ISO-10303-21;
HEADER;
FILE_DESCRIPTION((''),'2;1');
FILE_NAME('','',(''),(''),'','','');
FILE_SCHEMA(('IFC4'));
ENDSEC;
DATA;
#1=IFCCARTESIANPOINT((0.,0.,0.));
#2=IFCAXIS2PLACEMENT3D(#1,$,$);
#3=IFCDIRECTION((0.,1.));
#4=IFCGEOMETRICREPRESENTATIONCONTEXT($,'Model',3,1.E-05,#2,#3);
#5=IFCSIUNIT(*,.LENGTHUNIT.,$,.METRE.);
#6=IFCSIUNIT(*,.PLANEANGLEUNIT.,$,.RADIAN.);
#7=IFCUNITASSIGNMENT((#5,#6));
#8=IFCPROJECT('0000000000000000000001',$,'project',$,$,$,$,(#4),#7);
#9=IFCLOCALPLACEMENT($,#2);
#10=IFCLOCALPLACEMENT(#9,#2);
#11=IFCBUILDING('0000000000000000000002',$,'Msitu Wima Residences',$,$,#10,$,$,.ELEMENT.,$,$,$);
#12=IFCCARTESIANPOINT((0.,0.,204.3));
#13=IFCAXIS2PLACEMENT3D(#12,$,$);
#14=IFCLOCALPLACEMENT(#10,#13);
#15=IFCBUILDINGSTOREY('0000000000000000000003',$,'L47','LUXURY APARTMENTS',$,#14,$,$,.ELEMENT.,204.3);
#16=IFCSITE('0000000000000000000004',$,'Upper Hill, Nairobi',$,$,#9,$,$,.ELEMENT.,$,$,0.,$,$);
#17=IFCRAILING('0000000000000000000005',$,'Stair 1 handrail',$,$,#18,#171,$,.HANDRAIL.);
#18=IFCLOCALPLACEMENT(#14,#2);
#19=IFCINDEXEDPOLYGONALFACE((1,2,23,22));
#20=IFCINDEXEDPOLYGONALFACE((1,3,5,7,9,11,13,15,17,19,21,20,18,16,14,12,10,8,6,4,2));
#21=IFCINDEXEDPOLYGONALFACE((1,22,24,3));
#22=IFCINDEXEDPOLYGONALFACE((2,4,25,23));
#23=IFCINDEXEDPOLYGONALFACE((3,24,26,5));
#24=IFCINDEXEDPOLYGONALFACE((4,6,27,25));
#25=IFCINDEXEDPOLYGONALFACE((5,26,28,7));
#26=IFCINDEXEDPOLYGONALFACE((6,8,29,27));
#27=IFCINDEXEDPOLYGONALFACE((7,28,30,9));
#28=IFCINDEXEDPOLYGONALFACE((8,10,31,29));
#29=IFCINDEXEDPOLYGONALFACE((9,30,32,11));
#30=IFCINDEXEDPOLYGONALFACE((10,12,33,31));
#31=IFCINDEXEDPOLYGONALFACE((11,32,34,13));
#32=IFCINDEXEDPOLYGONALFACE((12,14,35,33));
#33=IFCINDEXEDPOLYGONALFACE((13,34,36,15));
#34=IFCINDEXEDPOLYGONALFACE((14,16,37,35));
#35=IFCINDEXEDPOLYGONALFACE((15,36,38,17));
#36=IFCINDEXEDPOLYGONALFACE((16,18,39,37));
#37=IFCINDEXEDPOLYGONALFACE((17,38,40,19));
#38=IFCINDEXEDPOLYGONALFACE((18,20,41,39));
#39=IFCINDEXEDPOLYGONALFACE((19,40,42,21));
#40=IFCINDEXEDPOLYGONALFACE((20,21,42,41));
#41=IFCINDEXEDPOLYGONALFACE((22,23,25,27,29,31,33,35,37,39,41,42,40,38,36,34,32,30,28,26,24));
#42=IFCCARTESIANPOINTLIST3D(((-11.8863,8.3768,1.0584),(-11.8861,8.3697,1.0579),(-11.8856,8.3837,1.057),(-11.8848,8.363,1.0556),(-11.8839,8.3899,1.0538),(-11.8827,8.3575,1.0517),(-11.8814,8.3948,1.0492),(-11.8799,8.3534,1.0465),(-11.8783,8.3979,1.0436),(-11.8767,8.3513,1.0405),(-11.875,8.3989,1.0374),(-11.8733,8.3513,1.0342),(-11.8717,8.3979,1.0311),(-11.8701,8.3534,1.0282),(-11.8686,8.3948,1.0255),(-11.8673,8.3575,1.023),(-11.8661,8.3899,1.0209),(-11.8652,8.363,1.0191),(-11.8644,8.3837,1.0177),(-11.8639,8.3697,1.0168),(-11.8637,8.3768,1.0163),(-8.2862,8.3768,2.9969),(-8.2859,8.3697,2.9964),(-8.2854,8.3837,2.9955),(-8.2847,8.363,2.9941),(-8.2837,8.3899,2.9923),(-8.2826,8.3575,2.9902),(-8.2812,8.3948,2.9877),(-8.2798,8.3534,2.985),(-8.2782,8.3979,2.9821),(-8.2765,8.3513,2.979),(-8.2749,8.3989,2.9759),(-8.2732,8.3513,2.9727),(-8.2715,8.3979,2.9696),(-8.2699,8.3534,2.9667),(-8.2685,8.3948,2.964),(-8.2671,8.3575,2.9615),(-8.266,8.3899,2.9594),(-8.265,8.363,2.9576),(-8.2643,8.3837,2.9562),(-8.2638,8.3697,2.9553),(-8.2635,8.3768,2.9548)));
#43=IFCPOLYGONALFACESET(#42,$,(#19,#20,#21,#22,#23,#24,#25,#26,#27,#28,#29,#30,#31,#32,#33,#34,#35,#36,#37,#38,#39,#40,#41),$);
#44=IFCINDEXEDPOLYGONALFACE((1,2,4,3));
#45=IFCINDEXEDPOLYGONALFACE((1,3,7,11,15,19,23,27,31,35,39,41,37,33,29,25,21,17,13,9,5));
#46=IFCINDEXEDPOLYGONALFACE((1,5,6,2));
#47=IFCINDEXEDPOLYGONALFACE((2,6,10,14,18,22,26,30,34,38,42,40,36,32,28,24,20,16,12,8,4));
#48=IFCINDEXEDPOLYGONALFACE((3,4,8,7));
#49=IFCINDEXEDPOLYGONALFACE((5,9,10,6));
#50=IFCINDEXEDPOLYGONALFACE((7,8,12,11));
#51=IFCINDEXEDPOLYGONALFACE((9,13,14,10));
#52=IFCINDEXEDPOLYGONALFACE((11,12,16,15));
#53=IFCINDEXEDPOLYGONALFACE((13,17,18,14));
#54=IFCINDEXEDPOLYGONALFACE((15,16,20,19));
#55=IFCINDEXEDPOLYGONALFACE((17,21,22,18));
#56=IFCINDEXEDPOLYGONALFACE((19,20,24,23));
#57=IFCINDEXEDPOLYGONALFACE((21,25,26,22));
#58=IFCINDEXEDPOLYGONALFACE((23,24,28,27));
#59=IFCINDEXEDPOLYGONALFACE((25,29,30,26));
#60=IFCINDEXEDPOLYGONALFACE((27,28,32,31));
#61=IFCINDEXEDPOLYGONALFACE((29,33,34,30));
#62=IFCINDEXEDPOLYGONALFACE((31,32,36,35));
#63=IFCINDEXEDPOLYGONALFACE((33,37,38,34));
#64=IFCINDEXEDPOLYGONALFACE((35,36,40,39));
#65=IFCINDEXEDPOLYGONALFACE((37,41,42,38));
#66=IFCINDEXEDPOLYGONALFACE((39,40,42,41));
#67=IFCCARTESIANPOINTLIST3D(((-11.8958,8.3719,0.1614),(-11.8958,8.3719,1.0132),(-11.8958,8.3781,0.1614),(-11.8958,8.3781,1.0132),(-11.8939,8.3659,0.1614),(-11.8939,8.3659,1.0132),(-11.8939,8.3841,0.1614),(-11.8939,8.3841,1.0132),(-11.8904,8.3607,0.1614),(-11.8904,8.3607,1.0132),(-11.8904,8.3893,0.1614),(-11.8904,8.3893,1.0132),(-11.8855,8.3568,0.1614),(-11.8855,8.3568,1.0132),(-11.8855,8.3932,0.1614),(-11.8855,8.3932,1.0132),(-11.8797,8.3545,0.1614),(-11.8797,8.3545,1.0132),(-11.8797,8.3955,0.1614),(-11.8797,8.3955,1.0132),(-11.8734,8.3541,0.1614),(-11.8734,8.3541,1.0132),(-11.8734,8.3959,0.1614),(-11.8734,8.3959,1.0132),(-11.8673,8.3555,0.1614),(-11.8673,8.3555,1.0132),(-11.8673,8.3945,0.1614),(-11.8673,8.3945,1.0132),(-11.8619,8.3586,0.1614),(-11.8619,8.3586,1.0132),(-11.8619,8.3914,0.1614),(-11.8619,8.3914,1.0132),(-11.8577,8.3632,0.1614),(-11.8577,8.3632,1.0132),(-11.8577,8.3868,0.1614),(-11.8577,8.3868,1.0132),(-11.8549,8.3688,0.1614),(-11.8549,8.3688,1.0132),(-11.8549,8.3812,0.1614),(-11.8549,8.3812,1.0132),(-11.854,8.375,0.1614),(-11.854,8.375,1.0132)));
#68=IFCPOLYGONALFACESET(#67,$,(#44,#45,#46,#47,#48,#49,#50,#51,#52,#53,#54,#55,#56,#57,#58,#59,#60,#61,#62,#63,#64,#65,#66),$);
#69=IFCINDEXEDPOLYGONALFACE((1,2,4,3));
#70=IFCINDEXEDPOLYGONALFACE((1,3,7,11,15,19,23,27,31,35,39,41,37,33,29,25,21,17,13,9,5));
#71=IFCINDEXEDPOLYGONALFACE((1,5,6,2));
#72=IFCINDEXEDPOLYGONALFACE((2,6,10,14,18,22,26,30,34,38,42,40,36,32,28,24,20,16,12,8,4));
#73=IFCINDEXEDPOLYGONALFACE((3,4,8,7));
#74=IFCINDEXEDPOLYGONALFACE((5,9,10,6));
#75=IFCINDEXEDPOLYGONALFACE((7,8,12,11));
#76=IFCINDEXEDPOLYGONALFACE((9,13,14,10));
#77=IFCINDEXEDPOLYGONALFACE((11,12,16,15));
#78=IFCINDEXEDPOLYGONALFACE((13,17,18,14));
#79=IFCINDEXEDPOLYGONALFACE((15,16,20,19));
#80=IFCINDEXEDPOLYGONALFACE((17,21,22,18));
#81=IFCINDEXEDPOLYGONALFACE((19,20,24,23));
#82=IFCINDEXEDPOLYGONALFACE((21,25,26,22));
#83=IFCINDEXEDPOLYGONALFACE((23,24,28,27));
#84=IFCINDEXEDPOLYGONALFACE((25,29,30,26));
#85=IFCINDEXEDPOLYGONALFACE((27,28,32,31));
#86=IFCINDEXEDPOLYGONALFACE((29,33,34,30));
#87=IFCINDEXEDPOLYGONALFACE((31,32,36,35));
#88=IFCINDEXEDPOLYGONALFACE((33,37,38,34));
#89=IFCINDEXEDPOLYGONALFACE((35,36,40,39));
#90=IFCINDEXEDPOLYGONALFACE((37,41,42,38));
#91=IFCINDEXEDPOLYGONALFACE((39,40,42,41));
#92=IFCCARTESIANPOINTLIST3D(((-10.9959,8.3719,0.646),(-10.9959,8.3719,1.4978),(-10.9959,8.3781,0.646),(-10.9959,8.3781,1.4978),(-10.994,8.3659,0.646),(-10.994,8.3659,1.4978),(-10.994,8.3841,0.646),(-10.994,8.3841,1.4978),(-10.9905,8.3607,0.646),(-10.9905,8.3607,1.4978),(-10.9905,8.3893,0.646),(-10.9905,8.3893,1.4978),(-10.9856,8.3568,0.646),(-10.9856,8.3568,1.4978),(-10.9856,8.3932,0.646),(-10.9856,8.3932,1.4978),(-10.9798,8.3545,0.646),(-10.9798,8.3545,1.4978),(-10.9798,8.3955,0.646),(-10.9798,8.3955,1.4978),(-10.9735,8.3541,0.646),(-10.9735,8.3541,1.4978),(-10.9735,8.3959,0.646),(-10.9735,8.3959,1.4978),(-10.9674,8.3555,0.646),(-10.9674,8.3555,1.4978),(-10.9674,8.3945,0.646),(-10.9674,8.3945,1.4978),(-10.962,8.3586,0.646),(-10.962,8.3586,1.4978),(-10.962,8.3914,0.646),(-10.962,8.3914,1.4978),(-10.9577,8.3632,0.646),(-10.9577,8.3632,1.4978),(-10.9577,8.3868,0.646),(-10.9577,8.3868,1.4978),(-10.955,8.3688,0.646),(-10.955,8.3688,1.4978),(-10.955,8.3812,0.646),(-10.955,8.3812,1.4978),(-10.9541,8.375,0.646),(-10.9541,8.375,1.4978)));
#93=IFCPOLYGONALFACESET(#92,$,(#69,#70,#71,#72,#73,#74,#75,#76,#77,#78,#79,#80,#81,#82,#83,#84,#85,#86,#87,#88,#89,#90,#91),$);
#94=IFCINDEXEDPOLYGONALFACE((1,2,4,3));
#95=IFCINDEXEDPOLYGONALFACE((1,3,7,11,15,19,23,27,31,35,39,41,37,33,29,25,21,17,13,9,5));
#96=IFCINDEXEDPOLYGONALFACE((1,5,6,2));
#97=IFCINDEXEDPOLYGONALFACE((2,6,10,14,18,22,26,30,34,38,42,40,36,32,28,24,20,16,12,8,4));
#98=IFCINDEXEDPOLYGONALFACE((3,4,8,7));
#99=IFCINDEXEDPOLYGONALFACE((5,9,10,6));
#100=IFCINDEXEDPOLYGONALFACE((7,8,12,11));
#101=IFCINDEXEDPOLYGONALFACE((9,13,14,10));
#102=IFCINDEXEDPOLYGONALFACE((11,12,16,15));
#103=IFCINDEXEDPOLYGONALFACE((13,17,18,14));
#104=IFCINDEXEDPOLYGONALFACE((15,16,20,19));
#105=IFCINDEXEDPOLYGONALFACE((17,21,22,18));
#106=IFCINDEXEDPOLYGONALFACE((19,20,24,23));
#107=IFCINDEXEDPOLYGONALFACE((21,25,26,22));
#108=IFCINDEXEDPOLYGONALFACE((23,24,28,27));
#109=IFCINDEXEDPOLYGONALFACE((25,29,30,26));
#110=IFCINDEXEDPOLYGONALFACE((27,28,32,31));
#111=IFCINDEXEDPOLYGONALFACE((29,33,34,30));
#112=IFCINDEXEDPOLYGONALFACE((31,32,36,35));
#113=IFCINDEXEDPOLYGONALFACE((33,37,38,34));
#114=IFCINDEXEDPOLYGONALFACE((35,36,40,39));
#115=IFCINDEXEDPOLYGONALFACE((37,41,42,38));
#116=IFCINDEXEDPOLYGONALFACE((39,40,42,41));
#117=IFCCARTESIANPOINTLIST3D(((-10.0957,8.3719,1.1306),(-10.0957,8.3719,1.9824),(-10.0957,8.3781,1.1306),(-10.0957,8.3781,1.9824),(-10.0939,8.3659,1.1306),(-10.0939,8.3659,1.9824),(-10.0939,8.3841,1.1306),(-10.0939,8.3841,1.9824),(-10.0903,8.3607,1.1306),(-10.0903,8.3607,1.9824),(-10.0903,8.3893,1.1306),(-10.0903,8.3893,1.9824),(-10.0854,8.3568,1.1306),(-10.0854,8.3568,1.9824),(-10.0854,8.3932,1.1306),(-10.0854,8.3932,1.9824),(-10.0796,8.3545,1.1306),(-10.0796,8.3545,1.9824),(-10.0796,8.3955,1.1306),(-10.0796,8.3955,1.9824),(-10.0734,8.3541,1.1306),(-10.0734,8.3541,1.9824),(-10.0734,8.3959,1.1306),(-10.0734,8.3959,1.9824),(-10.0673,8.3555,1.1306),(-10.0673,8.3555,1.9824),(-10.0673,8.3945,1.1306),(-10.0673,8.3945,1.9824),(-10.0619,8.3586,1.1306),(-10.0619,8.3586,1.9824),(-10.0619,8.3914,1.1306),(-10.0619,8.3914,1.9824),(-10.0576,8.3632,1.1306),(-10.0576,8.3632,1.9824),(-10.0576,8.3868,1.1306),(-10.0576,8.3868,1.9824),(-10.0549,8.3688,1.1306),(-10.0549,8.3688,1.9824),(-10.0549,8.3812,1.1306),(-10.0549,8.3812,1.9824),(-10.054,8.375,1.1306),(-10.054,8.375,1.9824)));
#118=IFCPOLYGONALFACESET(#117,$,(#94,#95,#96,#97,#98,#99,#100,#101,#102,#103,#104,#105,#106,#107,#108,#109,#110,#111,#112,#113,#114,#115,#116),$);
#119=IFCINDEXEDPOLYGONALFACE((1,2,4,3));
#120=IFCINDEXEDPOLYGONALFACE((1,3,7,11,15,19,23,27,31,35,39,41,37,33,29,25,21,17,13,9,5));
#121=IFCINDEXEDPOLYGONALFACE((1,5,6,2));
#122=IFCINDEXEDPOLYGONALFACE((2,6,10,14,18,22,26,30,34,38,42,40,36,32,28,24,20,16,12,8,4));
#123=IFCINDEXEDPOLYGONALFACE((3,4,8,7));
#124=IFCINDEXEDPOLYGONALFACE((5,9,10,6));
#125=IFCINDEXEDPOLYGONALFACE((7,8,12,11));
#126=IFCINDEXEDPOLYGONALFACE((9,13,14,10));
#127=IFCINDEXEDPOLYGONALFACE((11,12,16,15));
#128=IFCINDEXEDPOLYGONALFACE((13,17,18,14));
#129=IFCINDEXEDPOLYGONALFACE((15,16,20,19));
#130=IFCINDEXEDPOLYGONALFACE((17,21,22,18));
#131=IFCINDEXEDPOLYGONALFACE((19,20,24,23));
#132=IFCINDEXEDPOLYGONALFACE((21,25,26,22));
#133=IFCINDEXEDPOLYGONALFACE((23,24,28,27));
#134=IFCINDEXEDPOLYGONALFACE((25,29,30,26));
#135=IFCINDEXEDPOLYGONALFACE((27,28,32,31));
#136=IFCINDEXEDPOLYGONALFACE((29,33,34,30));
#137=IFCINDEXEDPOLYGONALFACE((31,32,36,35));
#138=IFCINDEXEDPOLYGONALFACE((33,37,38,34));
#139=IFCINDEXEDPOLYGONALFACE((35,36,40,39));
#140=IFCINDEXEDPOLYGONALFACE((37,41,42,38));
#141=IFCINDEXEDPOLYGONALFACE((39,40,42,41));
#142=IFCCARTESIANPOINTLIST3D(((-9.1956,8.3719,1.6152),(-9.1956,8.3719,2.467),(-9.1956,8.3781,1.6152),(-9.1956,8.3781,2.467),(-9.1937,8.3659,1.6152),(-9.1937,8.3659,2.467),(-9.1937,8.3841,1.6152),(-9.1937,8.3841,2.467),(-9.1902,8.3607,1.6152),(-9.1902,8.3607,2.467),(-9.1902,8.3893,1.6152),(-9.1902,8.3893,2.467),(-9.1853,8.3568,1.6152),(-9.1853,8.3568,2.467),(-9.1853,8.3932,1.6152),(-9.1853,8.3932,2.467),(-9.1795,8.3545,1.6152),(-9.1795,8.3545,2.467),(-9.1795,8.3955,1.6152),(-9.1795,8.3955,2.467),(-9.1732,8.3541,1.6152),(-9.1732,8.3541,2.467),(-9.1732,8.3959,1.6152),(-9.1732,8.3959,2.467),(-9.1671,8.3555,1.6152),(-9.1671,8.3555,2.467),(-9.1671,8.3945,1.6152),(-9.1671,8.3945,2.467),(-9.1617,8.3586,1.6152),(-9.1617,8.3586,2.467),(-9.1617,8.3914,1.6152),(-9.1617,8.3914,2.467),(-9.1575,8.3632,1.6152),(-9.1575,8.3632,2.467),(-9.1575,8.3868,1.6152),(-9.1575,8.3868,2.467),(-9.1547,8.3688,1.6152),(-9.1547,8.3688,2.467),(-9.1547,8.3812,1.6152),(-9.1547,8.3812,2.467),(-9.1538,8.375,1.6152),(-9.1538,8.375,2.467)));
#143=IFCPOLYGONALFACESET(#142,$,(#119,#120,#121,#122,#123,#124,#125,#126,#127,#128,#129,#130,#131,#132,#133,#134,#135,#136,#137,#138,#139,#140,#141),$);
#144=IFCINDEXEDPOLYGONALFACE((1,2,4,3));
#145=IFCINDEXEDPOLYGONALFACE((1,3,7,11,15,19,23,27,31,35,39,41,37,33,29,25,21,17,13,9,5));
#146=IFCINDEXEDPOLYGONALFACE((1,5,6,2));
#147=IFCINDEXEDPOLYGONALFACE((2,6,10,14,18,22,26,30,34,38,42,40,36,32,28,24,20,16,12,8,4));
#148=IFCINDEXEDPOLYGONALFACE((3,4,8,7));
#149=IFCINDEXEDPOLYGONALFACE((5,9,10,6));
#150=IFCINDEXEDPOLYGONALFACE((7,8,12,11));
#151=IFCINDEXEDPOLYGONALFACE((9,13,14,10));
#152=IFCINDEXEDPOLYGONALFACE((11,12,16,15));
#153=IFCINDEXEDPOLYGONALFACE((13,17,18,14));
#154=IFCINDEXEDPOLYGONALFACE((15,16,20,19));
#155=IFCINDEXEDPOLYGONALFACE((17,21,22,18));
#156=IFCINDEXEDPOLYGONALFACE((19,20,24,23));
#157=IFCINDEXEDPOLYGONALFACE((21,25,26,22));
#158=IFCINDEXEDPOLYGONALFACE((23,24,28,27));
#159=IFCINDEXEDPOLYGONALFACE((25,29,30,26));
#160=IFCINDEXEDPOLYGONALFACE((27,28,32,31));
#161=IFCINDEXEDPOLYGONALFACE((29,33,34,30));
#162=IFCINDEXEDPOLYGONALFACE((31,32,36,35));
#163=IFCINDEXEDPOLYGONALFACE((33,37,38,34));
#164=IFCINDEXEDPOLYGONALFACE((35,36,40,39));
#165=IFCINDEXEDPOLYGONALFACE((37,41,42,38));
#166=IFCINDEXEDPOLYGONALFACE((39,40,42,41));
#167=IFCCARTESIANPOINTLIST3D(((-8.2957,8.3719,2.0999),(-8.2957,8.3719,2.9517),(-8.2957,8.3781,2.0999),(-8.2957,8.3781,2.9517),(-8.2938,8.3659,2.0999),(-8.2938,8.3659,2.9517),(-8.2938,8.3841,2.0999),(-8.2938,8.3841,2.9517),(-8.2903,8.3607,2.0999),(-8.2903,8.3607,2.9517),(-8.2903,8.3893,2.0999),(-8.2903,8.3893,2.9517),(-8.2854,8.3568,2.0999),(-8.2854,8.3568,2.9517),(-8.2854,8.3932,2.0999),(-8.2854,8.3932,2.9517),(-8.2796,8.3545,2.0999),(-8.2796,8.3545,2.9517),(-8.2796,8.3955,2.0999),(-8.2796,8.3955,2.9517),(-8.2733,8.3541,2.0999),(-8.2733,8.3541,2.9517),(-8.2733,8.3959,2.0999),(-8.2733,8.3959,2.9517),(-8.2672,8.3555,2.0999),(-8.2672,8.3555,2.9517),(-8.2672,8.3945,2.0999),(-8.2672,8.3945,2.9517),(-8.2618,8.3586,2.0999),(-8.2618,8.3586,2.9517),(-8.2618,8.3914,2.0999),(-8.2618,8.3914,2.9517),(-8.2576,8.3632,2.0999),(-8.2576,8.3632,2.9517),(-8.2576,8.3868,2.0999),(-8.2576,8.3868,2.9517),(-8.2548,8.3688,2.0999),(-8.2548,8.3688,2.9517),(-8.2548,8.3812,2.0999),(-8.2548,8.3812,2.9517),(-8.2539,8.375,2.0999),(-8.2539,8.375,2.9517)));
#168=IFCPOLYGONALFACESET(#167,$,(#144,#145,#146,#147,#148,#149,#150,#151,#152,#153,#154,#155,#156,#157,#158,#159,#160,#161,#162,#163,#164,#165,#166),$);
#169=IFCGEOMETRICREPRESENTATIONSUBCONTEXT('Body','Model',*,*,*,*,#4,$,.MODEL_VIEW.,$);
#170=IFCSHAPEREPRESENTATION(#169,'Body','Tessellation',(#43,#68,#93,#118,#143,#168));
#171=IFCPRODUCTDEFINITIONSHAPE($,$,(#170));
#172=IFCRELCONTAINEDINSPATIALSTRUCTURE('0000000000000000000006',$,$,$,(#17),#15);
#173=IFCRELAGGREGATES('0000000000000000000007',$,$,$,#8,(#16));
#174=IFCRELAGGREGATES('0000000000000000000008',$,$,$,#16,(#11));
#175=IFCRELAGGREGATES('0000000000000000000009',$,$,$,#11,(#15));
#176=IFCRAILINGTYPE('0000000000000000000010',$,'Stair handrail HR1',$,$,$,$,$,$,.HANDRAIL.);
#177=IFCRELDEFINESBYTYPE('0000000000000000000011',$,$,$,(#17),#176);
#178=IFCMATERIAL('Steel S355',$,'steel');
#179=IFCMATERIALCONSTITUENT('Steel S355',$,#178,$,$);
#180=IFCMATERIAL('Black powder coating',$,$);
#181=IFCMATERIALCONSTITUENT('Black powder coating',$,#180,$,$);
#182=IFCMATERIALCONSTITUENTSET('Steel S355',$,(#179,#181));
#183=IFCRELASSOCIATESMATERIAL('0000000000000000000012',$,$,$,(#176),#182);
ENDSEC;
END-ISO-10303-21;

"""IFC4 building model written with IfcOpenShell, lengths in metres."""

from ifc_helpers import new_model, si_unit, direction, frame, origin, origin_2d, place, context, subcontext, project, spatial, circle, extrude, material, constituent, constituent_set, type_object, element, save


model = new_model("IFC4")

# Units and contexts
model_context = context("Model", 3, precision=1e-05, world=origin(), true_north=direction((0.0, 1.0)))
body_context = subcontext(model_context, "Body", "Model", "MODEL_VIEW")
ifc_project = project(units=[si_unit("LENGTHUNIT", "METRE"), si_unit("PLANEANGLEUNIT", "RADIAN")], contexts=[model_context])

# Site, building, storey
site_placement = place(None, origin())
site = spatial("IfcSite", under=ifc_project, at=site_placement, Name="Upper Hill, Nairobi", CompositionType="ELEMENT", RefElevation=0.0)
building_placement = place(site_placement, origin())
building = spatial("IfcBuilding", under=site, at=building_placement, Name="Msitu Wima Residences", CompositionType="ELEMENT")
storey_placement = place(building_placement, frame((0.0, 0.0, 204.3)))
storey = spatial("IfcBuildingStorey", under=building, at=storey_placement, Name="L47", Description="LUXURY APARTMENTS", CompositionType="ELEMENT", Elevation=204.3)

# Railing
ifc_material_1 = material(Name="Steel S355", Category="steel")
ifc_constituent_1 = constituent(ifc_material_1, Name="Steel S355")
ifc_material_2 = material(Name="Black powder coating")
ifc_constituent_2 = constituent(ifc_material_2, Name="Black powder coating")
ifc_constituent_set = constituent_set(constituents=[ifc_constituent_1, ifc_constituent_2], Name="Steel S355")
railing_type = type_object("IfcRailingType", Name="Stair handrail HR1", PredefinedType="HANDRAIL", material=ifc_constituent_set)
for number, where, name in (
    (1, (-11.875, 8.375, 0.1614), "Stair 1 handrail"),
):
    element("IfcRailing", number, at=place(storey_placement, frame(where)), inside=storey, type_object=railing_type, Name=name, PredefinedType="HANDRAIL", context=body_context, shape_type="SweptSolid", body=[
        extrude(circle(Radius=0.0239, at=origin_2d()), frame((0.0, 0.0, 0.876), z_axis=(0.880475, 0.0, 0.474093), x_axis=(0.0, 1.0, 0.0)), (0.0, 0.0, 1.0), 4.0889),
        extrude(circle(Radius=0.021, at=origin_2d()), origin(), (0.0, 0.0, 1.0), 0.8518),
        extrude(circle(Radius=0.021, at=origin_2d()), frame((0.8999, 0.0, 0.4846)), (0.0, 0.0, 1.0), 0.8518),
        extrude(circle(Radius=0.021, at=origin_2d()), frame((1.8, 0.0, 0.9692)), (0.0, 0.0, 1.0), 0.8518),
        extrude(circle(Radius=0.021, at=origin_2d()), frame((2.7002, 0.0, 1.4539)), (0.0, 0.0, 1.0), 0.8518),
        extrude(circle(Radius=0.021, at=origin_2d()), frame((3.6001, 0.0, 1.9385)), (0.0, 0.0, 1.0), 0.8518),
    ])

save(model, "model.ifc")
